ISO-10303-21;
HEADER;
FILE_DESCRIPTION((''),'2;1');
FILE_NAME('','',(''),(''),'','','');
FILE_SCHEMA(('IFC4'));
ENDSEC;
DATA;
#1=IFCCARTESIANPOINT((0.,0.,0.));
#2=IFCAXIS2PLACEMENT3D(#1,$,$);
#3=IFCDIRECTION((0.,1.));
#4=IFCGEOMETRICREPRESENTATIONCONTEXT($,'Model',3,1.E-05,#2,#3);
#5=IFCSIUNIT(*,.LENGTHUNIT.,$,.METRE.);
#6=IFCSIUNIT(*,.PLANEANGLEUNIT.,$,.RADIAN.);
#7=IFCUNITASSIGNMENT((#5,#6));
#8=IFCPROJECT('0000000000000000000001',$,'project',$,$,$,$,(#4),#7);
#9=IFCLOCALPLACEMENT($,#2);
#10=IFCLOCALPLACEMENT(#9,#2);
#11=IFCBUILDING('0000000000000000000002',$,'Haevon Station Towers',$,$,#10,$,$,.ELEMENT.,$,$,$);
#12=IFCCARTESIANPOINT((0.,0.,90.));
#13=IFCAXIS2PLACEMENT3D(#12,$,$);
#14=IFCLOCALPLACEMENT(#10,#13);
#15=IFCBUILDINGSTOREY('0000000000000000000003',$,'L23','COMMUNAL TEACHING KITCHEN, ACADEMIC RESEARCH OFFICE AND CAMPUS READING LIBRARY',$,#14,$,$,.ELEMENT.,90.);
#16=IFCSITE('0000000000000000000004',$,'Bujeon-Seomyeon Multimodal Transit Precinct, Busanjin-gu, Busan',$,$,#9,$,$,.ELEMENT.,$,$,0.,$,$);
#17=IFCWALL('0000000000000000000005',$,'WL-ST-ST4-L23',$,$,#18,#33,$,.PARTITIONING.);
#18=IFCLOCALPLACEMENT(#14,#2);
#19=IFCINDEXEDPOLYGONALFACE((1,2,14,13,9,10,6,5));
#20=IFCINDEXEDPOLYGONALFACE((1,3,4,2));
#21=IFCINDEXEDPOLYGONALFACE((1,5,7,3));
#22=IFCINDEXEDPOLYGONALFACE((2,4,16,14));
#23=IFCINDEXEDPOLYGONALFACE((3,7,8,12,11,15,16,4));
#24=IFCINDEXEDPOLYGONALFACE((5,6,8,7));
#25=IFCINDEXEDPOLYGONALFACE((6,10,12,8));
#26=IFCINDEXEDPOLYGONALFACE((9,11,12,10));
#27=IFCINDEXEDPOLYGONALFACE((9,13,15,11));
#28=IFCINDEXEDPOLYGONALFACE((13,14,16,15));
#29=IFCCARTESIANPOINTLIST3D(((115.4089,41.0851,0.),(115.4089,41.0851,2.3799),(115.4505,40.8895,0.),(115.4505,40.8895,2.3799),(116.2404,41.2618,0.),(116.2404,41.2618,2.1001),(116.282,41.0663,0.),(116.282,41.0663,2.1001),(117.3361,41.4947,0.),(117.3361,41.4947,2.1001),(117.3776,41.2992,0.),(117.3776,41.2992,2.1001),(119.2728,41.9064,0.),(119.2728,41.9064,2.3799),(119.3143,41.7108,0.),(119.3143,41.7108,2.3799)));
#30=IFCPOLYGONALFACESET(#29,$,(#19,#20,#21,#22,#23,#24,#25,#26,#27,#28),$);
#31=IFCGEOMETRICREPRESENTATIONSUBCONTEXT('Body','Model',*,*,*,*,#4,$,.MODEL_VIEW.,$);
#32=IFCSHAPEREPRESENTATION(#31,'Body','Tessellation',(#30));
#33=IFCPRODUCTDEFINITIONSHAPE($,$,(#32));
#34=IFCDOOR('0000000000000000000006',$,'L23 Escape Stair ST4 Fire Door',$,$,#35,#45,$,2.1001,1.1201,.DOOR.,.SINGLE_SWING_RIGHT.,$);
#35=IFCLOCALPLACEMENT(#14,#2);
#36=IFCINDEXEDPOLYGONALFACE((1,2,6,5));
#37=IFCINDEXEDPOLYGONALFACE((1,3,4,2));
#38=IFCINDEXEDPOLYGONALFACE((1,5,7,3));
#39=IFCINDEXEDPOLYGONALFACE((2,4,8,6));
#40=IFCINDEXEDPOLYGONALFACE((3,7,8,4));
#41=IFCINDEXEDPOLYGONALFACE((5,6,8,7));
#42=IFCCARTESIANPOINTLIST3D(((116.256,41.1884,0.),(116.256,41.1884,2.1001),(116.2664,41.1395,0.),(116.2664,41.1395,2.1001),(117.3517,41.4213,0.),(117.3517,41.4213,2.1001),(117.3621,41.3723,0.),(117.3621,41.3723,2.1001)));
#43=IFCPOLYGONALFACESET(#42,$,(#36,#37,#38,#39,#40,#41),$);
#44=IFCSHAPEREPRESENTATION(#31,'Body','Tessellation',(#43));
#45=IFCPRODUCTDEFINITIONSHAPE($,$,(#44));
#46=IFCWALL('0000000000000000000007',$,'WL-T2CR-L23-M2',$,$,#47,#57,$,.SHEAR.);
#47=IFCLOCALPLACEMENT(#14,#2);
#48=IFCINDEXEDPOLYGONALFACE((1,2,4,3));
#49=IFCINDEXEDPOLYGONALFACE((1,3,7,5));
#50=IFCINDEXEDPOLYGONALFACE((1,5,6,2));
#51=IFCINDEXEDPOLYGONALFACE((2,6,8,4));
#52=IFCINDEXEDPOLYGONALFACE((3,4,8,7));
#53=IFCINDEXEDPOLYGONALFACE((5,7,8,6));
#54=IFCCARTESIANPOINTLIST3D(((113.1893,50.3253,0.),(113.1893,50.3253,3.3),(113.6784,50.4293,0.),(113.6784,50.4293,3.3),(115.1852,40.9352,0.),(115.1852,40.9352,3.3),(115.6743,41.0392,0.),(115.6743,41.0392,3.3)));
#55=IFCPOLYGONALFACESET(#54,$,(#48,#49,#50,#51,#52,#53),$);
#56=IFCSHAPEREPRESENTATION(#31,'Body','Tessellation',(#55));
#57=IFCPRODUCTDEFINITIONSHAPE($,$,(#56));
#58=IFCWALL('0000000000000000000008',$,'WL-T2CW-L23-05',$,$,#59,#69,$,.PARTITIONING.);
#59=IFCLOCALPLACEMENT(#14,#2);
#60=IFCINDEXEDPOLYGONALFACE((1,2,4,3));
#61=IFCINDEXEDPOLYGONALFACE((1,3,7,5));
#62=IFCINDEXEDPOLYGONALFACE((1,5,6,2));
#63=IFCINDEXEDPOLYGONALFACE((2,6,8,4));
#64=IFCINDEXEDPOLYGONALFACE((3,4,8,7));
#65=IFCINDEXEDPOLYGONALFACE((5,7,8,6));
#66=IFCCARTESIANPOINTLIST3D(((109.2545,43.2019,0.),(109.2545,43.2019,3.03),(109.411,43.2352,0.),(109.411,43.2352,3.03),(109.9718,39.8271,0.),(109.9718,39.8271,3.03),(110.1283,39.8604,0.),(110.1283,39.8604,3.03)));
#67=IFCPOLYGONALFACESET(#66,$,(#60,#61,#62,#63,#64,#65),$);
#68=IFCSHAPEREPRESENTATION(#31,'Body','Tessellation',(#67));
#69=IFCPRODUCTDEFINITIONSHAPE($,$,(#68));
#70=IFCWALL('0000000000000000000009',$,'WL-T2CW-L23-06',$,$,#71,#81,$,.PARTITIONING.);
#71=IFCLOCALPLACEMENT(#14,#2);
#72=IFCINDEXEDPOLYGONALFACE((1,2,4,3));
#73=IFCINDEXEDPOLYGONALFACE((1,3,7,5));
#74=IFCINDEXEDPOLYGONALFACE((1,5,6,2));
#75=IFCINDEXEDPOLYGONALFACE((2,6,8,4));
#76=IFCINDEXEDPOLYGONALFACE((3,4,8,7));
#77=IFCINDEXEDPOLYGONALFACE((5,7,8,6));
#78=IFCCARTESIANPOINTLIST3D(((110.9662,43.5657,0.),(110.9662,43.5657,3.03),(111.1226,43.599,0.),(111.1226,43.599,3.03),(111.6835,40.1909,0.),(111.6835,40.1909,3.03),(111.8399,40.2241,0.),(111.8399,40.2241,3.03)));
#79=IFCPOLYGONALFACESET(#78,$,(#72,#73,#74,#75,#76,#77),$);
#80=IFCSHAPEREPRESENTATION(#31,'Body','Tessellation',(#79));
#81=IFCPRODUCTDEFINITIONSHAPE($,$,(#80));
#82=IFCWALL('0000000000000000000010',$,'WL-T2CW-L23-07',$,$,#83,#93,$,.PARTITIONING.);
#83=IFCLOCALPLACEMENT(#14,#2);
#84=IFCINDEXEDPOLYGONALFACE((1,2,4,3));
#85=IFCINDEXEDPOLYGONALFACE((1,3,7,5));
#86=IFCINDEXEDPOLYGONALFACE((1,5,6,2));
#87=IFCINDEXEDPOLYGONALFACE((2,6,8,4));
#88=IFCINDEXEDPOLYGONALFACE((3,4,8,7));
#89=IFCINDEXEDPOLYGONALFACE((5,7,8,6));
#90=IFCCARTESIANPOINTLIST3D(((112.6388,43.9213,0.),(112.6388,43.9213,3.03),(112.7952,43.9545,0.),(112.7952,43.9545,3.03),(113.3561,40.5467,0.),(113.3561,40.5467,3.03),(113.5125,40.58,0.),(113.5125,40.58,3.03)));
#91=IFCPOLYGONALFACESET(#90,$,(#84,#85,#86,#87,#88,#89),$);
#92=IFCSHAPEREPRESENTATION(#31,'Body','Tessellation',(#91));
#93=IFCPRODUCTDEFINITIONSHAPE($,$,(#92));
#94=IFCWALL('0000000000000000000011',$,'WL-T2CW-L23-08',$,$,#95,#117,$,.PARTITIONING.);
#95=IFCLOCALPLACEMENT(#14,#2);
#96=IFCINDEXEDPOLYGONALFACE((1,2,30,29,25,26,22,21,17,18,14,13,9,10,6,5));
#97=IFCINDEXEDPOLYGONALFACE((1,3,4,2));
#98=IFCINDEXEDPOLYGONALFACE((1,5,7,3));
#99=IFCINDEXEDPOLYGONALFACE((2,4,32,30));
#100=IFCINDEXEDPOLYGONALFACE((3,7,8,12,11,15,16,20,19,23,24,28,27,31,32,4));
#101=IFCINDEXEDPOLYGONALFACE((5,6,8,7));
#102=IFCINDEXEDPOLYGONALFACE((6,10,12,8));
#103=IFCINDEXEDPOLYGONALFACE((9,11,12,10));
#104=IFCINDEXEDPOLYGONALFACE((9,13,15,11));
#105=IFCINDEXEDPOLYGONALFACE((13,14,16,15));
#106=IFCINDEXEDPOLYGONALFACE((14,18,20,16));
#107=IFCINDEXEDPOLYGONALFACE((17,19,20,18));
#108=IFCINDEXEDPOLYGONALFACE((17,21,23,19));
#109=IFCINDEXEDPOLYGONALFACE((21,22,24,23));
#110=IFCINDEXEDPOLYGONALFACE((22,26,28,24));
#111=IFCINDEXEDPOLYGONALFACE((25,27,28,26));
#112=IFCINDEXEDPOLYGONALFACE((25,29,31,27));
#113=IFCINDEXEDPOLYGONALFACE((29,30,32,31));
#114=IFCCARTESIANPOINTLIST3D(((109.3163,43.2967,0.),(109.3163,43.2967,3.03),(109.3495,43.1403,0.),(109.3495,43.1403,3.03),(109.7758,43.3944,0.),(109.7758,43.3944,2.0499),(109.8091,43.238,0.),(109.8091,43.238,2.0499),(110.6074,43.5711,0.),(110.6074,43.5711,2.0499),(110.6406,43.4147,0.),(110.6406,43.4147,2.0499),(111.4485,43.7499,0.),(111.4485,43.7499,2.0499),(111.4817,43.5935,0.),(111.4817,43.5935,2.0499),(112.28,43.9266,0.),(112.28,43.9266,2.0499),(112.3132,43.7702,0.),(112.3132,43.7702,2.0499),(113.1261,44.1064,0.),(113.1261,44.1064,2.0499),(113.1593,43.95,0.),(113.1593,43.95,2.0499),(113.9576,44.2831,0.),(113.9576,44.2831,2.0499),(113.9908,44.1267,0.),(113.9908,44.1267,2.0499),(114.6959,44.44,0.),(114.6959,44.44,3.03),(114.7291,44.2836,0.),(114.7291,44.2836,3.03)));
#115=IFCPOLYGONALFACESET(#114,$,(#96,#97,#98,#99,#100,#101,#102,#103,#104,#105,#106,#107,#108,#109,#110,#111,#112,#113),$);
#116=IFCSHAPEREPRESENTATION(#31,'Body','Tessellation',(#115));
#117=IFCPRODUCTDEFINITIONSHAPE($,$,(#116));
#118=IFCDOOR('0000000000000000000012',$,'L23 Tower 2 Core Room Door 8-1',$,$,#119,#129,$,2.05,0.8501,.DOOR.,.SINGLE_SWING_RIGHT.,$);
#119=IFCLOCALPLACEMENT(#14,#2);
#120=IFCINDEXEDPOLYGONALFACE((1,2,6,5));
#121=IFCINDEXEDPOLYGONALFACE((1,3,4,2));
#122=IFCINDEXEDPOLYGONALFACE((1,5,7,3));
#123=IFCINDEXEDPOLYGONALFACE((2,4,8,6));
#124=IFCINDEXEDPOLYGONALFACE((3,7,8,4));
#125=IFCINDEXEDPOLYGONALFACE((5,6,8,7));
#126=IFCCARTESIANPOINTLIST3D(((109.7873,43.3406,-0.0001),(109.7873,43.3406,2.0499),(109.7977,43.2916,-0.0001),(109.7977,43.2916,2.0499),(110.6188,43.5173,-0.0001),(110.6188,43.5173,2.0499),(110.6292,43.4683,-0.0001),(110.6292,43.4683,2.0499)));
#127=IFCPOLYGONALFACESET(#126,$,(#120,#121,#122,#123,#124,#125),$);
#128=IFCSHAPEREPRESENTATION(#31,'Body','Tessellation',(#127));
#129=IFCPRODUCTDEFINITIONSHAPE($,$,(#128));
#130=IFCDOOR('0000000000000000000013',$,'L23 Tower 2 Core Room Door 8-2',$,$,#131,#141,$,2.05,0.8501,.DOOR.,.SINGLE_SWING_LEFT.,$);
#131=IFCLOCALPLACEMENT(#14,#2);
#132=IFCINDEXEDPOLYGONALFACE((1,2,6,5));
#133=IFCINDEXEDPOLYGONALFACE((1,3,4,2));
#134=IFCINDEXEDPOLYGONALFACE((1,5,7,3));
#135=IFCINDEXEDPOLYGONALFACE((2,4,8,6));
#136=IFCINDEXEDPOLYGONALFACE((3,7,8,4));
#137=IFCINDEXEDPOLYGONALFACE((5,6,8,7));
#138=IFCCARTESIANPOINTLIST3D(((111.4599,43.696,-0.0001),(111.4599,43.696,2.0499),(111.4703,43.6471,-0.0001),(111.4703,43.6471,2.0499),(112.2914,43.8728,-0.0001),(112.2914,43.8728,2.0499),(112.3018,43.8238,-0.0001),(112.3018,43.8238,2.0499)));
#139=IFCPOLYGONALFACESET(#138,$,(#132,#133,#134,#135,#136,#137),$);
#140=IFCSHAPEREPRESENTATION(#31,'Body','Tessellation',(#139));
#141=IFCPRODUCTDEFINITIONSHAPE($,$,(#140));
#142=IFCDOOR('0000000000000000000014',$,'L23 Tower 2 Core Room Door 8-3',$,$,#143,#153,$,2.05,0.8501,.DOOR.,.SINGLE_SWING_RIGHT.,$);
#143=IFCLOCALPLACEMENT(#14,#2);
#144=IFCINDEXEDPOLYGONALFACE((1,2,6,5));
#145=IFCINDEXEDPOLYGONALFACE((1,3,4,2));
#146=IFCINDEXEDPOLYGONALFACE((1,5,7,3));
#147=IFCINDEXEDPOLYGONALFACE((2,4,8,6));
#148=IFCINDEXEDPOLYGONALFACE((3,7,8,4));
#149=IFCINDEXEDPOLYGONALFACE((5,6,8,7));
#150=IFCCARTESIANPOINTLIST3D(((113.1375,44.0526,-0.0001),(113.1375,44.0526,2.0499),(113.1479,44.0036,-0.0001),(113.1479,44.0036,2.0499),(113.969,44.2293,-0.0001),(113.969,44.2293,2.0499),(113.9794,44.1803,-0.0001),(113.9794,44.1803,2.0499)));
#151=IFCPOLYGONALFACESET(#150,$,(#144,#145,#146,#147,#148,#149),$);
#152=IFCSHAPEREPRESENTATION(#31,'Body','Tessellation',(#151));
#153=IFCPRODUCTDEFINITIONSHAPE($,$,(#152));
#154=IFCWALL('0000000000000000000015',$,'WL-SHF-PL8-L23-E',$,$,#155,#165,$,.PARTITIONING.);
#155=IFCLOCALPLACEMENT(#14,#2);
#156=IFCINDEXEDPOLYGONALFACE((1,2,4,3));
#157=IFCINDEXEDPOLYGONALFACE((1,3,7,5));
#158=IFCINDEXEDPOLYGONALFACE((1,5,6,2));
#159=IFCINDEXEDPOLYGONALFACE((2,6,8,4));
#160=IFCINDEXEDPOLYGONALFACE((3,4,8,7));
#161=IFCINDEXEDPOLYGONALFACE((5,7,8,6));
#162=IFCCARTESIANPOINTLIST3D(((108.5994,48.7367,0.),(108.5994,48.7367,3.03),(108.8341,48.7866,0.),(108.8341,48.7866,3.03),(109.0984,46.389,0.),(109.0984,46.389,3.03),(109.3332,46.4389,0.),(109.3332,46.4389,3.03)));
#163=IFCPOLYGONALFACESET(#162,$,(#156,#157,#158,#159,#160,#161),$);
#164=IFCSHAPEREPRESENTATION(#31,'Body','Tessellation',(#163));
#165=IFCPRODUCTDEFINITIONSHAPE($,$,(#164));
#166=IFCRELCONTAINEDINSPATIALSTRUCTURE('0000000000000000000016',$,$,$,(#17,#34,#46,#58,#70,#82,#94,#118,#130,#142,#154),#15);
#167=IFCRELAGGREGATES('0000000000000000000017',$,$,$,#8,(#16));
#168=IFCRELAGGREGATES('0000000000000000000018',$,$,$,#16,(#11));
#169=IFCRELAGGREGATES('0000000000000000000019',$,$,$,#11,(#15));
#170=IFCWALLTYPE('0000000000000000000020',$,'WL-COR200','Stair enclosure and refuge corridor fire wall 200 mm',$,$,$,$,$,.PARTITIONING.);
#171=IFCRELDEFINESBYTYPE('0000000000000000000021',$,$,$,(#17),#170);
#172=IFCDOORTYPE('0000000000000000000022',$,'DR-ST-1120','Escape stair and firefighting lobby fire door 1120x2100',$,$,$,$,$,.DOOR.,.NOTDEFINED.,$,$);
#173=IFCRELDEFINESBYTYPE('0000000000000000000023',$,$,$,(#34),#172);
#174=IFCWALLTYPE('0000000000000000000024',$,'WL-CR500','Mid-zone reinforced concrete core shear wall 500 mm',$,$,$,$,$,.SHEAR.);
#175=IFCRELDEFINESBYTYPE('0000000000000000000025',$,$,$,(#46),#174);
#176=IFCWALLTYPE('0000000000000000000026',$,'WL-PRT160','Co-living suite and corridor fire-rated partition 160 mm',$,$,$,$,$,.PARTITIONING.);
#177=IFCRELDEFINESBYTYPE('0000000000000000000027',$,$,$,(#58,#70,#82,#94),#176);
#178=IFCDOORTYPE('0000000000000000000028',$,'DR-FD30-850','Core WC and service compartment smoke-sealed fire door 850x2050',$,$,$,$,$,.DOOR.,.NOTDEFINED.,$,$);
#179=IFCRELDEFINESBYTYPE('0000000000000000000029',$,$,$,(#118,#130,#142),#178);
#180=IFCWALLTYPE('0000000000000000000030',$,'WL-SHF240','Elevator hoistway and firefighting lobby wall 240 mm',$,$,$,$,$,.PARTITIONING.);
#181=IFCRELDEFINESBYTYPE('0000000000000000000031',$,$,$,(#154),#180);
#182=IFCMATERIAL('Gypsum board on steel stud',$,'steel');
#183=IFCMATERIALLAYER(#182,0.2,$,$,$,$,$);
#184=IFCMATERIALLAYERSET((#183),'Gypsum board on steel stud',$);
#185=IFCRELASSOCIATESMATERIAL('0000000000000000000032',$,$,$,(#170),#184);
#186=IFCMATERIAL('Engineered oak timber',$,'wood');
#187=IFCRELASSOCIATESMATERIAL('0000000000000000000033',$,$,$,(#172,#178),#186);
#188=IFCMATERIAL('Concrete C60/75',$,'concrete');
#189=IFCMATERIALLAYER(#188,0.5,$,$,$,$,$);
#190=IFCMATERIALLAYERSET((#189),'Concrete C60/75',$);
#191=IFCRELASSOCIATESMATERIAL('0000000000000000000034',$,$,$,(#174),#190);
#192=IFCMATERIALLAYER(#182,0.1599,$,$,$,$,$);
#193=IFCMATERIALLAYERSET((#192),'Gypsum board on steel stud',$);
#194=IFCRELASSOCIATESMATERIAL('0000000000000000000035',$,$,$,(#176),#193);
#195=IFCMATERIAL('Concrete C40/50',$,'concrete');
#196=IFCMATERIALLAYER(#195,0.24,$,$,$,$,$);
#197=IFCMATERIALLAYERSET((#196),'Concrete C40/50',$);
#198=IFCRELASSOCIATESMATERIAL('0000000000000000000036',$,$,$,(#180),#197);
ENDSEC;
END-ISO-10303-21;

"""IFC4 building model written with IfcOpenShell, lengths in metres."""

from ifc_helpers import new_model, si_unit, direction, frame, frame_2d, origin, place, context, subcontext, project, spatial, rectangle, extrude, material, layer, layer_set, type_object, element, fill, save


model = new_model("IFC4")

# Units and contexts
model_context = context("Model", 3, precision=1e-05, world=origin(), true_north=direction((0.0, 1.0)))
body_context = subcontext(model_context, "Body", "Model", "MODEL_VIEW")
ifc_project = project(units=[si_unit("LENGTHUNIT", "METRE"), si_unit("PLANEANGLEUNIT", "RADIAN")], contexts=[model_context])

# Site, building, storey
site_placement = place(None, origin())
site = spatial("IfcSite", under=ifc_project, at=site_placement, Name="Bujeon-Seomyeon Multimodal Transit Precinct, Busanjin-gu, Busan", CompositionType="ELEMENT", RefElevation=0.0)
building_placement = place(site_placement, origin())
building = spatial("IfcBuilding", under=site, at=building_placement, Name="Haevon Station Towers", CompositionType="ELEMENT")
storey_placement = place(building_placement, frame((0.0, 0.0, 90.0)))
storey = spatial("IfcBuildingStorey", under=building, at=storey_placement, Name="L23", Description="COMMUNAL TEACHING KITCHEN, ACADEMIC RESEARCH OFFICE AND CAMPUS READING LIBRARY", CompositionType="ELEMENT", Elevation=90.0)

# Wall, opening, door
ifc_material_1 = material(Name="Gypsum board on steel stud", Category="steel")
ifc_layer_1 = layer(ifc_material_1, 0.2)
ifc_layer_set_1 = layer_set([ifc_layer_1], Name="Gypsum board on steel stud")
wall_type_1 = type_object("IfcWallType", Name="WL-COR200", Description="Stair enclosure and refuge corridor fire wall 200 mm", PredefinedType="PARTITIONING", material=ifc_layer_set_1)
wall_1_placement = place(storey_placement, frame((115.4297, 40.9873, 0.0), z_axis=(0.0, 0.0, 1.0), x_axis=(0.978147, 0.207916, 0.0)))
wall_1 = element("IfcWall", 1, at=wall_1_placement, inside=storey, type_object=wall_type_1, Name="WL-ST-ST4-L23", PredefinedType="PARTITIONING", context=body_context, shape_type="SweptSolid", body=[
    extrude(rectangle(XDim=3.9502, YDim=0.2, at=frame_2d((1.9751, 0.0))), origin(), (0.0, 0.0, 1.0), 2.3799),
])
opening_1_placement = place(wall_1_placement, frame((0.8501, 0.0, 0.0)))
opening_1 = element("IfcOpeningElement", 2, at=opening_1_placement, cuts=wall_1, PredefinedType="OPENING", context=body_context, shape_type="SweptSolid", body=[
    extrude(rectangle(XDim=1.1201, YDim=2.1001, at=frame_2d((0.5601, 1.05))), frame((0.0, 0.1099, 0.0), z_axis=(0.0, -1.0, 0.0), x_axis=(1.0, 0.0, 0.0)), (0.0, 0.0, 1.0), 0.22),
])
ifc_material_2 = material(Name="Engineered oak timber", Category="wood")
door_type_1 = type_object("IfcDoorType", Name="DR-ST-1120", Description="Escape stair and firefighting lobby fire door 1120x2100", OperationType="NOTDEFINED", PredefinedType="DOOR", material=ifc_material_2)
door_1_placement = place(opening_1_placement, origin())
door_1 = element("IfcDoor", 3, at=door_1_placement, inside=storey, type_object=door_type_1, Name="L23 Escape Stair ST4 Fire Door", OperationType="SINGLE_SWING_RIGHT", OverallHeight=2.1001, OverallWidth=1.1201, PredefinedType="DOOR", context=body_context, shape_type="SweptSolid", body=[
    extrude(rectangle(XDim=1.1201, YDim=2.1001, at=frame_2d((0.5601, 1.05))), frame((0.0, 0.0249, 0.0), z_axis=(0.0, -1.0, 0.0), x_axis=(1.0, 0.0, 0.0)), (0.0, 0.0, 1.0), 0.05),
])
fill(opening_1, door_1)

# Walls
ifc_material_3 = material(Name="Concrete C60/75", Category="concrete")
ifc_layer_2 = layer(ifc_material_3, 0.5)
ifc_layer_set_2 = layer_set([ifc_layer_2], Name="Concrete C60/75")
wall_type_2 = type_object("IfcWallType", Name="WL-CR500", Description="Mid-zone reinforced concrete core shear wall 500 mm", PredefinedType="SHEAR", material=ifc_layer_set_2)
wall_2_placement = place(storey_placement, frame((115.4297, 40.9873, 0.0), z_axis=(0.0, 0.0, 1.0), x_axis=(-0.207903, 0.978149, 0.0)))
element("IfcWall", 4, at=wall_2_placement, inside=storey, type_object=wall_type_2, Name="WL-T2CR-L23-M2", PredefinedType="SHEAR", context=body_context, shape_type="SweptSolid", body=[
    extrude(rectangle(XDim=9.5999, YDim=0.5, at=frame_2d((4.7998, 0.0))), origin(), (0.0, 0.0, 1.0), 3.3),
])
ifc_layer_3 = layer(ifc_material_1, 0.1599)
ifc_layer_set_3 = layer_set([ifc_layer_3], Name="Gypsum board on steel stud")
wall_type_3 = type_object("IfcWallType", Name="WL-PRT160", Description="Co-living suite and corridor fire-rated partition 160 mm", PredefinedType="PARTITIONING", material=ifc_layer_set_3)
for number, where, z_axis, x_axis, name in (
    (5, (110.05, 39.8438, 0.0), (0.0, 0.0, 1.0), (-0.2079, 0.97815, 0.0), "WL-T2CW-L23-05"),
    (6, (111.7617, 40.2075, 0.0), (0.0, 0.0, 1.0), (-0.2079, 0.97815, 0.0), "WL-T2CW-L23-06"),
):
    element("IfcWall", number, at=place(storey_placement, frame(where, z_axis=z_axis, x_axis=x_axis)), inside=storey, type_object=wall_type_3, Name=name, PredefinedType="PARTITIONING", context=body_context, shape_type="SweptSolid", body=[
        extrude(rectangle(XDim=3.4502, YDim=0.1599, at=frame_2d((1.7251, 0.0))), origin(), (0.0, 0.0, 1.0), 3.03),
    ])
wall_3_placement = place(storey_placement, frame((113.4343, 40.5632, 0.0), z_axis=(0.0, 0.0, 1.0), x_axis=(-0.207915, 0.978147, 0.0)))
element("IfcWall", 7, at=wall_3_placement, inside=storey, type_object=wall_type_3, Name="WL-T2CW-L23-07", PredefinedType="PARTITIONING", context=body_context, shape_type="SweptSolid", body=[
    extrude(rectangle(XDim=3.45, YDim=0.1599, at=frame_2d((1.7251, 0.0))), origin(), (0.0, 0.0, 1.0), 3.03),
])

# Wall, openings, doors
wall_4_placement = place(storey_placement, frame((109.3328, 43.2185, 0.0), z_axis=(0.0, 0.0, 1.0), x_axis=(0.978154, 0.207883, 0.0)))
wall_4 = element("IfcWall", 8, at=wall_4_placement, inside=storey, type_object=wall_type_3, Name="WL-T2CW-L23-08", PredefinedType="PARTITIONING", context=body_context, shape_type="SweptSolid", body=[
    extrude(rectangle(XDim=5.4998, YDim=0.1599, at=frame_2d((2.75, 0.0))), origin(), (0.0, 0.0, 1.0), 3.03),
])
opening_2_placement = place(wall_4_placement, frame((0.47, 0.0, 0.0)))
opening_2 = element("IfcOpeningElement", 9, at=opening_2_placement, cuts=wall_4, PredefinedType="OPENING", context=body_context, shape_type="SweptSolid", body=[
    extrude(rectangle(XDim=0.8501, YDim=2.05, at=frame_2d((0.425, 1.0249))), frame((0.0, 0.0898, 0.0), z_axis=(0.0, -1.0, 0.0), x_axis=(1.0, 0.0, 0.0)), (0.0, 0.0, 1.0), 0.1799),
])
opening_3_placement = place(wall_4_placement, frame((2.1799, 0.0, 0.0)))
opening_3 = element("IfcOpeningElement", 10, at=opening_3_placement, cuts=wall_4, PredefinedType="OPENING", context=body_context, shape_type="SweptSolid", body=[
    extrude(rectangle(XDim=0.8501, YDim=2.05, at=frame_2d((0.425, 1.0249))), frame((0.0, 0.0898, 0.0), z_axis=(0.0, -1.0, 0.0), x_axis=(1.0, 0.0, 0.0)), (0.0, 0.0, 1.0), 0.1799),
])
opening_4_placement = place(wall_4_placement, frame((3.895, 0.0, 0.0)))
opening_4 = element("IfcOpeningElement", 11, at=opening_4_placement, cuts=wall_4, PredefinedType="OPENING", context=body_context, shape_type="SweptSolid", body=[
    extrude(rectangle(XDim=0.8501, YDim=2.05, at=frame_2d((0.425, 1.0249))), frame((0.0, 0.0898, 0.0), z_axis=(0.0, -1.0, 0.0), x_axis=(1.0, 0.0, 0.0)), (0.0, 0.0, 1.0), 0.1799),
])
door_type_2 = type_object("IfcDoorType", Name="DR-FD30-850", Description="Core WC and service compartment smoke-sealed fire door 850x2050", OperationType="NOTDEFINED", PredefinedType="DOOR", material=ifc_material_2)
door_2_placement = place(opening_2_placement, origin())
door_2 = element("IfcDoor", 12, at=door_2_placement, inside=storey, type_object=door_type_2, Name="L23 Tower 2 Core Room Door 8-1", OperationType="SINGLE_SWING_RIGHT", OverallHeight=2.05, OverallWidth=0.8501, PredefinedType="DOOR", context=body_context, shape_type="SweptSolid", body=[
    extrude(rectangle(XDim=0.8501, YDim=2.05, at=frame_2d((0.425, 1.0249))), frame((0.0, 0.0249, 0.0), z_axis=(0.0, -1.0, 0.0), x_axis=(1.0, 0.0, 0.0)), (0.0, 0.0, 1.0), 0.05),
])
fill(opening_2, door_2)
door_3_placement = place(opening_3_placement, origin())
door_3 = element("IfcDoor", 13, at=door_3_placement, inside=storey, type_object=door_type_2, Name="L23 Tower 2 Core Room Door 8-2", OperationType="SINGLE_SWING_LEFT", OverallHeight=2.05, OverallWidth=0.8501, PredefinedType="DOOR", context=body_context, shape_type="SweptSolid", body=[
    extrude(rectangle(XDim=0.8501, YDim=2.05, at=frame_2d((0.425, 1.0249))), frame((0.0, 0.0249, 0.0), z_axis=(0.0, -1.0, 0.0), x_axis=(1.0, 0.0, 0.0)), (0.0, 0.0, 1.0), 0.05),
])
fill(opening_3, door_3)
door_4_placement = place(opening_4_placement, origin())
door_4 = element("IfcDoor", 14, at=door_4_placement, inside=storey, type_object=door_type_2, Name="L23 Tower 2 Core Room Door 8-3", OperationType="SINGLE_SWING_RIGHT", OverallHeight=2.05, OverallWidth=0.8501, PredefinedType="DOOR", context=body_context, shape_type="SweptSolid", body=[
    extrude(rectangle(XDim=0.8501, YDim=2.05, at=frame_2d((0.425, 1.0249))), frame((0.0, 0.0249, 0.0), z_axis=(0.0, -1.0, 0.0), x_axis=(1.0, 0.0, 0.0)), (0.0, 0.0, 1.0), 0.05),
])
fill(opening_4, door_4)

# Wall
ifc_material_4 = material(Name="Concrete C40/50", Category="concrete")
ifc_layer_4 = layer(ifc_material_4, 0.24)
ifc_layer_set_4 = layer_set([ifc_layer_4], Name="Concrete C40/50")
wall_type_4 = type_object("IfcWallType", Name="WL-SHF240", Description="Elevator hoistway and firefighting lobby wall 240 mm", PredefinedType="PARTITIONING", material=ifc_layer_set_4)
wall_5_placement = place(storey_placement, frame((109.2158, 46.4138, 0.0), z_axis=(0.0, 0.0, 1.0), x_axis=(-0.207917, 0.978146, 0.0)))
element("IfcWall", 15, at=wall_5_placement, inside=storey, type_object=wall_type_4, Name="WL-SHF-PL8-L23-E", PredefinedType="PARTITIONING", context=body_context, shape_type="SweptSolid", body=[
    extrude(rectangle(XDim=2.4001, YDim=0.24, at=frame_2d((1.2002, 0.0))), origin(), (0.0, 0.0, 1.0), 3.03),
])

save(model, "model.ifc")
